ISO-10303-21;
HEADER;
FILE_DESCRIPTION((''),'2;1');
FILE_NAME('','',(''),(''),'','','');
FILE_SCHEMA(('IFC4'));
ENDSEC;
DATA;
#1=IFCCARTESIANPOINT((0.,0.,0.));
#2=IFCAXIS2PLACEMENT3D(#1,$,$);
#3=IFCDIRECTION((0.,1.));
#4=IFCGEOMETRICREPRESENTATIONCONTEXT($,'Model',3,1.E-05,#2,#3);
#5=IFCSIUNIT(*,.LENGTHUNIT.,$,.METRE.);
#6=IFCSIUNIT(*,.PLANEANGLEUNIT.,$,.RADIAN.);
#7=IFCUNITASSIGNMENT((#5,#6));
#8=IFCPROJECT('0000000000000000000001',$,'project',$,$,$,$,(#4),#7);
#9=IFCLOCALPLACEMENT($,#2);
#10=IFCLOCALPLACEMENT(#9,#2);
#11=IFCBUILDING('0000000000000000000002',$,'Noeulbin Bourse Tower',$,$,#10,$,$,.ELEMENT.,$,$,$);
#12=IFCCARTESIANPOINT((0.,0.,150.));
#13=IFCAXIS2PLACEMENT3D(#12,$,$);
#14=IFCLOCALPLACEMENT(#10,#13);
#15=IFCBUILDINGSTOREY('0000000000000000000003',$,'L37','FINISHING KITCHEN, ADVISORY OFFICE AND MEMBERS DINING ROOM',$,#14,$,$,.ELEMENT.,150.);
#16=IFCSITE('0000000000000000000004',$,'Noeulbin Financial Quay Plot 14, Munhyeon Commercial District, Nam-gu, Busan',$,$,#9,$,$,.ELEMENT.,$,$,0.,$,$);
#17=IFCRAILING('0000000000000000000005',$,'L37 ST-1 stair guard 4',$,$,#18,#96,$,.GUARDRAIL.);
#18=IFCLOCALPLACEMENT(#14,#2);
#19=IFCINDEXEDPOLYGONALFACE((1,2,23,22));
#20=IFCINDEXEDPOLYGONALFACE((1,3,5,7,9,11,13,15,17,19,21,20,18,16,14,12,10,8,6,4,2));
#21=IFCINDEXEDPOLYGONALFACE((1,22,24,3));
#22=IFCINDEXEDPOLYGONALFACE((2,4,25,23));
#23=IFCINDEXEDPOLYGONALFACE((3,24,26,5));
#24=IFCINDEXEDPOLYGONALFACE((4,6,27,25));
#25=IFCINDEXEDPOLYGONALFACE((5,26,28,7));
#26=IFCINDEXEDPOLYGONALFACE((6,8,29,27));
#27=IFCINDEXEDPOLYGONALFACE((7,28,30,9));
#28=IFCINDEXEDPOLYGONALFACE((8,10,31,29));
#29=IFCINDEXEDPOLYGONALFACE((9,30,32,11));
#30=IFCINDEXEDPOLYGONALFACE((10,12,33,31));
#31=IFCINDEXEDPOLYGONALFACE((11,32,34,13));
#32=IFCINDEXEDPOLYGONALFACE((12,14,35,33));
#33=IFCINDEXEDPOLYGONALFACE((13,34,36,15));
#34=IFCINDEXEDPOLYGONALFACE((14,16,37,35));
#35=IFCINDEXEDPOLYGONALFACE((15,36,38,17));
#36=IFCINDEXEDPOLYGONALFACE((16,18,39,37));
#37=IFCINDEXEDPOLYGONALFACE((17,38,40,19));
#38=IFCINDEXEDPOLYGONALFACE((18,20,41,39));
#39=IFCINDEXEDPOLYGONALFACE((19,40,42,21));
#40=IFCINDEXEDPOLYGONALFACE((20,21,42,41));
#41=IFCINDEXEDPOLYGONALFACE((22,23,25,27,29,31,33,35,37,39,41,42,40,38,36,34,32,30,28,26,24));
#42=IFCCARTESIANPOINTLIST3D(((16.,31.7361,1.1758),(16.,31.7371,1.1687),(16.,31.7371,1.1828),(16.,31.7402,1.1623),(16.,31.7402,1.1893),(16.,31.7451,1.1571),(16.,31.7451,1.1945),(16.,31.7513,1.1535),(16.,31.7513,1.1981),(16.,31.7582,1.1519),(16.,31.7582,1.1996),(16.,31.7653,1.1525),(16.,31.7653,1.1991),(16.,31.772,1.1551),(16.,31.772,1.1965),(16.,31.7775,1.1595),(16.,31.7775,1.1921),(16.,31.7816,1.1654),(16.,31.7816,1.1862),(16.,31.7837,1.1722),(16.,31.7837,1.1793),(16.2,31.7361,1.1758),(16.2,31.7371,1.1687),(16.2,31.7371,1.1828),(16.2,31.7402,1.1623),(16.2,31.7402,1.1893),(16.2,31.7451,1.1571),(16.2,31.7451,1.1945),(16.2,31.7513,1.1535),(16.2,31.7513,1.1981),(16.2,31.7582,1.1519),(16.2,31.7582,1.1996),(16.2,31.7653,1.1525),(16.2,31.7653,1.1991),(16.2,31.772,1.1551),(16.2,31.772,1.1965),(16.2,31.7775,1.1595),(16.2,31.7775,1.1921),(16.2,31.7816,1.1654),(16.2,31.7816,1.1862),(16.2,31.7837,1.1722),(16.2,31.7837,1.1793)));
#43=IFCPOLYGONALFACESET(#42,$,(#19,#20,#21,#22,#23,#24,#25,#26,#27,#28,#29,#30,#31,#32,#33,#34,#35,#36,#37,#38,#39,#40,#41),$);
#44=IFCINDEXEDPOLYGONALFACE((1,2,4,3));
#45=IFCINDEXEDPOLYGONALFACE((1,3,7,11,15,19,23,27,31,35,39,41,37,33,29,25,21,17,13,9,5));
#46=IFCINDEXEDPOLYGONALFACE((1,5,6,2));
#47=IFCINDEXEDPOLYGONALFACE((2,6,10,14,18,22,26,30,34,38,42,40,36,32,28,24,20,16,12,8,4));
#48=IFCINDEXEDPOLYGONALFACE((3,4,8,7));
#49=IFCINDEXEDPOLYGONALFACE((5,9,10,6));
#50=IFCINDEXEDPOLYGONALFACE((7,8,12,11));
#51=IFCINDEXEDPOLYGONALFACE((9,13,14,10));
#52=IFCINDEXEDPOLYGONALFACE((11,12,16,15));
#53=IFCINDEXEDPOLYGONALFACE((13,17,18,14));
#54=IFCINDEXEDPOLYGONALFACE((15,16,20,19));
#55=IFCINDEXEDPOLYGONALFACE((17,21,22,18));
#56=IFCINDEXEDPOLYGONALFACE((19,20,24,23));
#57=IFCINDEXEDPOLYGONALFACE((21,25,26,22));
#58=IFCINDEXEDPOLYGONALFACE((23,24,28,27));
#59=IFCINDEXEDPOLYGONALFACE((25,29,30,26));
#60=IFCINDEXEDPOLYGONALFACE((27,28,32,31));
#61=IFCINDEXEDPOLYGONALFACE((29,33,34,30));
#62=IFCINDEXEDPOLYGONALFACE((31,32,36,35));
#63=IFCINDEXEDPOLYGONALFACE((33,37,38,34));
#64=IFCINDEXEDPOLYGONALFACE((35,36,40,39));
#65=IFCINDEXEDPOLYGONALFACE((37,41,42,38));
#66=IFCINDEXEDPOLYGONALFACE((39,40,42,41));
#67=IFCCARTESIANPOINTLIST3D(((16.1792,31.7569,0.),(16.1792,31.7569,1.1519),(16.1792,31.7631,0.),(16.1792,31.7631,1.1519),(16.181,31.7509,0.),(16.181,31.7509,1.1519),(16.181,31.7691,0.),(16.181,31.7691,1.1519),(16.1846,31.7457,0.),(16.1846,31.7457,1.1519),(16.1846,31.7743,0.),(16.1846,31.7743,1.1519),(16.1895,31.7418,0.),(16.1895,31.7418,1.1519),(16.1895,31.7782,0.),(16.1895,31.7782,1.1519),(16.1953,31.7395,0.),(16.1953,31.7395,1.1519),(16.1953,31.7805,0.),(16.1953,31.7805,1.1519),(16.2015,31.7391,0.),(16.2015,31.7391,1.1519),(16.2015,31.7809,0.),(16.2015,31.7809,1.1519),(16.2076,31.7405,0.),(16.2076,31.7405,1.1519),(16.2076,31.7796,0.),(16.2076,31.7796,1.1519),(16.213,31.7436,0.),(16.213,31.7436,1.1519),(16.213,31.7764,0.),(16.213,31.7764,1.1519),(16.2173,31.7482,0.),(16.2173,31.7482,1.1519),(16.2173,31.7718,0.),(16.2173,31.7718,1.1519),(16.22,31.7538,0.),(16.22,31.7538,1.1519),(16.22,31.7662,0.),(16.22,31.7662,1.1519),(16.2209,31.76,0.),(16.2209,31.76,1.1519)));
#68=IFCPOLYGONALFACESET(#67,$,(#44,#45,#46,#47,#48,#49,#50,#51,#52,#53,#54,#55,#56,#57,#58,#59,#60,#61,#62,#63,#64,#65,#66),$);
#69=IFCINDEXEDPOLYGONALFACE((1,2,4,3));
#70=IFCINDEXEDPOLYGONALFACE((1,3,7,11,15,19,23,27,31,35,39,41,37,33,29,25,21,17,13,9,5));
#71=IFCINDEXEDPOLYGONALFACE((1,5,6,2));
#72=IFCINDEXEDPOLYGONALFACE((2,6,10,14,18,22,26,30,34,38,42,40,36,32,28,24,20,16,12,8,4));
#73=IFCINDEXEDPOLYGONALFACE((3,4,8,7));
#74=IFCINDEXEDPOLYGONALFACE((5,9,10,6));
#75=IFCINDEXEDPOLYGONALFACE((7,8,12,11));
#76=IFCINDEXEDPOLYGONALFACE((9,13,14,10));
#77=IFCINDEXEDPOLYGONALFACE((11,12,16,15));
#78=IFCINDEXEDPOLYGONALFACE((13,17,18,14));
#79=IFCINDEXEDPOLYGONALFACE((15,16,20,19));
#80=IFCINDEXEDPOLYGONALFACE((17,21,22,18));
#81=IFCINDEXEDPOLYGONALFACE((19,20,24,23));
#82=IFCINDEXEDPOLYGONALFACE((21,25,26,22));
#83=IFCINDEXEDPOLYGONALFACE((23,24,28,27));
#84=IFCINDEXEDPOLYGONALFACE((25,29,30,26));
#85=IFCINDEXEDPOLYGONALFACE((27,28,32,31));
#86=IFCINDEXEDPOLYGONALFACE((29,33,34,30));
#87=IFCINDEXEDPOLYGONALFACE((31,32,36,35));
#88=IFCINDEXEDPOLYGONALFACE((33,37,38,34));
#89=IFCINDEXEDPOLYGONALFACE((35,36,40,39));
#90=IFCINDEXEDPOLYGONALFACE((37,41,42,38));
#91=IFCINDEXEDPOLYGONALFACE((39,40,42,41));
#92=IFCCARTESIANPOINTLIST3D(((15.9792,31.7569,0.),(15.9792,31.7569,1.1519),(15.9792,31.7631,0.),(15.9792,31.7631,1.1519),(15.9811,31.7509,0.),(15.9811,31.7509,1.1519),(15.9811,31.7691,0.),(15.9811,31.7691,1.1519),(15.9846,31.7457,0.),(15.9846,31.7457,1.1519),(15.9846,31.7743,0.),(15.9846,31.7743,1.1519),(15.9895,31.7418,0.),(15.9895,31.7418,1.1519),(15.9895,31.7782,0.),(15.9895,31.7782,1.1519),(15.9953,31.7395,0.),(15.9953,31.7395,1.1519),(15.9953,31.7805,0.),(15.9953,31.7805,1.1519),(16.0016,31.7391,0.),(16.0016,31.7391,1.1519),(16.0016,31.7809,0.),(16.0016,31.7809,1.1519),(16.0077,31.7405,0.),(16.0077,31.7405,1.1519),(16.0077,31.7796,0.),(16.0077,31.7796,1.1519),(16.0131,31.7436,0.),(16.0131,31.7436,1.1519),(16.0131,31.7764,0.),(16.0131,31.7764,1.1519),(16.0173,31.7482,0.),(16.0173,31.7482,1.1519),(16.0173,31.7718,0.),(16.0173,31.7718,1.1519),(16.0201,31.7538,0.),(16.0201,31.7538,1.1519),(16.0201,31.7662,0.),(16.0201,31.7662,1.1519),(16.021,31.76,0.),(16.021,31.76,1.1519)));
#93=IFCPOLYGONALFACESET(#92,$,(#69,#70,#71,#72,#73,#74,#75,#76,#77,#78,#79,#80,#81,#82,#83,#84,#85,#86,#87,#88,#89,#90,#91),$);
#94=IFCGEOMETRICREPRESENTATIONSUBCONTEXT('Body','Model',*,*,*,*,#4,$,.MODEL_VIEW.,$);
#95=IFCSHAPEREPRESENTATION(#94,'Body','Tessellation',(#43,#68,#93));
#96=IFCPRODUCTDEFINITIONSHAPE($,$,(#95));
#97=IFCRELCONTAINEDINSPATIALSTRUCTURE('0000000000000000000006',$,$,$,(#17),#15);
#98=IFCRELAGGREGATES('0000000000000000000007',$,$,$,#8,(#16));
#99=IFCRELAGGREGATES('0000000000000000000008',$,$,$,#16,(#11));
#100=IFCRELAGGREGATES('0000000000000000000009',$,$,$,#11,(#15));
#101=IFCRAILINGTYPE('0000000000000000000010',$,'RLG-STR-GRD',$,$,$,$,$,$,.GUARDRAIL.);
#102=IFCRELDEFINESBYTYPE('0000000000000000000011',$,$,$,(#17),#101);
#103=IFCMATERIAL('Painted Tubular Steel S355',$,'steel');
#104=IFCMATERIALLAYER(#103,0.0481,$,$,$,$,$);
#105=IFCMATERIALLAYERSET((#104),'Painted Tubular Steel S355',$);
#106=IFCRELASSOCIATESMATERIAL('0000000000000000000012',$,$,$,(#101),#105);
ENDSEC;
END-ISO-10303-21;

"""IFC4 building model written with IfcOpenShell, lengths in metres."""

from ifc_helpers import new_model, si_unit, direction, frame, origin, origin_2d, place, context, subcontext, project, spatial, circle, extrude, material, layer, layer_set, type_object, element, save


model = new_model("IFC4")

# Units and contexts
model_context = context("Model", 3, precision=1e-05, world=origin(), true_north=direction((0.0, 1.0)))
body_context = subcontext(model_context, "Body", "Model", "MODEL_VIEW")
ifc_project = project(units=[si_unit("LENGTHUNIT", "METRE"), si_unit("PLANEANGLEUNIT", "RADIAN")], contexts=[model_context])

# Site, building, storey
site_placement = place(None, origin())
site = spatial("IfcSite", under=ifc_project, at=site_placement, Name="Noeulbin Financial Quay Plot 14, Munhyeon Commercial District, Nam-gu, Busan", CompositionType="ELEMENT", RefElevation=0.0)
building_placement = place(site_placement, origin())
building = spatial("IfcBuilding", under=site, at=building_placement, Name="Noeulbin Bourse Tower", CompositionType="ELEMENT")
storey_placement = place(building_placement, frame((0.0, 0.0, 150.0)))
storey = spatial("IfcBuildingStorey", under=building, at=storey_placement, Name="L37", Description="FINISHING KITCHEN, ADVISORY OFFICE AND MEMBERS DINING ROOM", CompositionType="ELEMENT", Elevation=150.0)

# Railing
ifc_material_1 = material(Name="Painted Tubular Steel S355", Category="steel")
ifc_layer_1 = layer(ifc_material_1, 0.0481)
ifc_layer_set_1 = layer_set([ifc_layer_1], Name="Painted Tubular Steel S355")
railing_type_1 = type_object("IfcRailingType", Name="RLG-STR-GRD", PredefinedType="GUARDRAIL", material=ifc_layer_set_1)
railing_1_placement = place(storey_placement, frame((16.2, 31.76, 0.0)))
element("IfcRailing", 1, at=railing_1_placement, inside=storey, type_object=railing_type_1, Name="L37 ST-1 stair guard 4", PredefinedType="GUARDRAIL", context=body_context, shape_type="SweptSolid", body=[
    extrude(circle(Radius=0.0239, at=origin_2d()), frame((0.0, 0.0, 1.1758), z_axis=(-1.0, 0.0, 0.0), x_axis=(0.0, -1.0, 0.0)), (0.0, 0.0, 1.0), 0.2),
    extrude(circle(Radius=0.021, at=origin_2d()), origin(), (0.0, 0.0, 1.0), 1.1519),
    extrude(circle(Radius=0.021, at=origin_2d()), frame((-0.2, 0.0, 0.0)), (0.0, 0.0, 1.0), 1.1519),
])

save(model, "model.ifc")
